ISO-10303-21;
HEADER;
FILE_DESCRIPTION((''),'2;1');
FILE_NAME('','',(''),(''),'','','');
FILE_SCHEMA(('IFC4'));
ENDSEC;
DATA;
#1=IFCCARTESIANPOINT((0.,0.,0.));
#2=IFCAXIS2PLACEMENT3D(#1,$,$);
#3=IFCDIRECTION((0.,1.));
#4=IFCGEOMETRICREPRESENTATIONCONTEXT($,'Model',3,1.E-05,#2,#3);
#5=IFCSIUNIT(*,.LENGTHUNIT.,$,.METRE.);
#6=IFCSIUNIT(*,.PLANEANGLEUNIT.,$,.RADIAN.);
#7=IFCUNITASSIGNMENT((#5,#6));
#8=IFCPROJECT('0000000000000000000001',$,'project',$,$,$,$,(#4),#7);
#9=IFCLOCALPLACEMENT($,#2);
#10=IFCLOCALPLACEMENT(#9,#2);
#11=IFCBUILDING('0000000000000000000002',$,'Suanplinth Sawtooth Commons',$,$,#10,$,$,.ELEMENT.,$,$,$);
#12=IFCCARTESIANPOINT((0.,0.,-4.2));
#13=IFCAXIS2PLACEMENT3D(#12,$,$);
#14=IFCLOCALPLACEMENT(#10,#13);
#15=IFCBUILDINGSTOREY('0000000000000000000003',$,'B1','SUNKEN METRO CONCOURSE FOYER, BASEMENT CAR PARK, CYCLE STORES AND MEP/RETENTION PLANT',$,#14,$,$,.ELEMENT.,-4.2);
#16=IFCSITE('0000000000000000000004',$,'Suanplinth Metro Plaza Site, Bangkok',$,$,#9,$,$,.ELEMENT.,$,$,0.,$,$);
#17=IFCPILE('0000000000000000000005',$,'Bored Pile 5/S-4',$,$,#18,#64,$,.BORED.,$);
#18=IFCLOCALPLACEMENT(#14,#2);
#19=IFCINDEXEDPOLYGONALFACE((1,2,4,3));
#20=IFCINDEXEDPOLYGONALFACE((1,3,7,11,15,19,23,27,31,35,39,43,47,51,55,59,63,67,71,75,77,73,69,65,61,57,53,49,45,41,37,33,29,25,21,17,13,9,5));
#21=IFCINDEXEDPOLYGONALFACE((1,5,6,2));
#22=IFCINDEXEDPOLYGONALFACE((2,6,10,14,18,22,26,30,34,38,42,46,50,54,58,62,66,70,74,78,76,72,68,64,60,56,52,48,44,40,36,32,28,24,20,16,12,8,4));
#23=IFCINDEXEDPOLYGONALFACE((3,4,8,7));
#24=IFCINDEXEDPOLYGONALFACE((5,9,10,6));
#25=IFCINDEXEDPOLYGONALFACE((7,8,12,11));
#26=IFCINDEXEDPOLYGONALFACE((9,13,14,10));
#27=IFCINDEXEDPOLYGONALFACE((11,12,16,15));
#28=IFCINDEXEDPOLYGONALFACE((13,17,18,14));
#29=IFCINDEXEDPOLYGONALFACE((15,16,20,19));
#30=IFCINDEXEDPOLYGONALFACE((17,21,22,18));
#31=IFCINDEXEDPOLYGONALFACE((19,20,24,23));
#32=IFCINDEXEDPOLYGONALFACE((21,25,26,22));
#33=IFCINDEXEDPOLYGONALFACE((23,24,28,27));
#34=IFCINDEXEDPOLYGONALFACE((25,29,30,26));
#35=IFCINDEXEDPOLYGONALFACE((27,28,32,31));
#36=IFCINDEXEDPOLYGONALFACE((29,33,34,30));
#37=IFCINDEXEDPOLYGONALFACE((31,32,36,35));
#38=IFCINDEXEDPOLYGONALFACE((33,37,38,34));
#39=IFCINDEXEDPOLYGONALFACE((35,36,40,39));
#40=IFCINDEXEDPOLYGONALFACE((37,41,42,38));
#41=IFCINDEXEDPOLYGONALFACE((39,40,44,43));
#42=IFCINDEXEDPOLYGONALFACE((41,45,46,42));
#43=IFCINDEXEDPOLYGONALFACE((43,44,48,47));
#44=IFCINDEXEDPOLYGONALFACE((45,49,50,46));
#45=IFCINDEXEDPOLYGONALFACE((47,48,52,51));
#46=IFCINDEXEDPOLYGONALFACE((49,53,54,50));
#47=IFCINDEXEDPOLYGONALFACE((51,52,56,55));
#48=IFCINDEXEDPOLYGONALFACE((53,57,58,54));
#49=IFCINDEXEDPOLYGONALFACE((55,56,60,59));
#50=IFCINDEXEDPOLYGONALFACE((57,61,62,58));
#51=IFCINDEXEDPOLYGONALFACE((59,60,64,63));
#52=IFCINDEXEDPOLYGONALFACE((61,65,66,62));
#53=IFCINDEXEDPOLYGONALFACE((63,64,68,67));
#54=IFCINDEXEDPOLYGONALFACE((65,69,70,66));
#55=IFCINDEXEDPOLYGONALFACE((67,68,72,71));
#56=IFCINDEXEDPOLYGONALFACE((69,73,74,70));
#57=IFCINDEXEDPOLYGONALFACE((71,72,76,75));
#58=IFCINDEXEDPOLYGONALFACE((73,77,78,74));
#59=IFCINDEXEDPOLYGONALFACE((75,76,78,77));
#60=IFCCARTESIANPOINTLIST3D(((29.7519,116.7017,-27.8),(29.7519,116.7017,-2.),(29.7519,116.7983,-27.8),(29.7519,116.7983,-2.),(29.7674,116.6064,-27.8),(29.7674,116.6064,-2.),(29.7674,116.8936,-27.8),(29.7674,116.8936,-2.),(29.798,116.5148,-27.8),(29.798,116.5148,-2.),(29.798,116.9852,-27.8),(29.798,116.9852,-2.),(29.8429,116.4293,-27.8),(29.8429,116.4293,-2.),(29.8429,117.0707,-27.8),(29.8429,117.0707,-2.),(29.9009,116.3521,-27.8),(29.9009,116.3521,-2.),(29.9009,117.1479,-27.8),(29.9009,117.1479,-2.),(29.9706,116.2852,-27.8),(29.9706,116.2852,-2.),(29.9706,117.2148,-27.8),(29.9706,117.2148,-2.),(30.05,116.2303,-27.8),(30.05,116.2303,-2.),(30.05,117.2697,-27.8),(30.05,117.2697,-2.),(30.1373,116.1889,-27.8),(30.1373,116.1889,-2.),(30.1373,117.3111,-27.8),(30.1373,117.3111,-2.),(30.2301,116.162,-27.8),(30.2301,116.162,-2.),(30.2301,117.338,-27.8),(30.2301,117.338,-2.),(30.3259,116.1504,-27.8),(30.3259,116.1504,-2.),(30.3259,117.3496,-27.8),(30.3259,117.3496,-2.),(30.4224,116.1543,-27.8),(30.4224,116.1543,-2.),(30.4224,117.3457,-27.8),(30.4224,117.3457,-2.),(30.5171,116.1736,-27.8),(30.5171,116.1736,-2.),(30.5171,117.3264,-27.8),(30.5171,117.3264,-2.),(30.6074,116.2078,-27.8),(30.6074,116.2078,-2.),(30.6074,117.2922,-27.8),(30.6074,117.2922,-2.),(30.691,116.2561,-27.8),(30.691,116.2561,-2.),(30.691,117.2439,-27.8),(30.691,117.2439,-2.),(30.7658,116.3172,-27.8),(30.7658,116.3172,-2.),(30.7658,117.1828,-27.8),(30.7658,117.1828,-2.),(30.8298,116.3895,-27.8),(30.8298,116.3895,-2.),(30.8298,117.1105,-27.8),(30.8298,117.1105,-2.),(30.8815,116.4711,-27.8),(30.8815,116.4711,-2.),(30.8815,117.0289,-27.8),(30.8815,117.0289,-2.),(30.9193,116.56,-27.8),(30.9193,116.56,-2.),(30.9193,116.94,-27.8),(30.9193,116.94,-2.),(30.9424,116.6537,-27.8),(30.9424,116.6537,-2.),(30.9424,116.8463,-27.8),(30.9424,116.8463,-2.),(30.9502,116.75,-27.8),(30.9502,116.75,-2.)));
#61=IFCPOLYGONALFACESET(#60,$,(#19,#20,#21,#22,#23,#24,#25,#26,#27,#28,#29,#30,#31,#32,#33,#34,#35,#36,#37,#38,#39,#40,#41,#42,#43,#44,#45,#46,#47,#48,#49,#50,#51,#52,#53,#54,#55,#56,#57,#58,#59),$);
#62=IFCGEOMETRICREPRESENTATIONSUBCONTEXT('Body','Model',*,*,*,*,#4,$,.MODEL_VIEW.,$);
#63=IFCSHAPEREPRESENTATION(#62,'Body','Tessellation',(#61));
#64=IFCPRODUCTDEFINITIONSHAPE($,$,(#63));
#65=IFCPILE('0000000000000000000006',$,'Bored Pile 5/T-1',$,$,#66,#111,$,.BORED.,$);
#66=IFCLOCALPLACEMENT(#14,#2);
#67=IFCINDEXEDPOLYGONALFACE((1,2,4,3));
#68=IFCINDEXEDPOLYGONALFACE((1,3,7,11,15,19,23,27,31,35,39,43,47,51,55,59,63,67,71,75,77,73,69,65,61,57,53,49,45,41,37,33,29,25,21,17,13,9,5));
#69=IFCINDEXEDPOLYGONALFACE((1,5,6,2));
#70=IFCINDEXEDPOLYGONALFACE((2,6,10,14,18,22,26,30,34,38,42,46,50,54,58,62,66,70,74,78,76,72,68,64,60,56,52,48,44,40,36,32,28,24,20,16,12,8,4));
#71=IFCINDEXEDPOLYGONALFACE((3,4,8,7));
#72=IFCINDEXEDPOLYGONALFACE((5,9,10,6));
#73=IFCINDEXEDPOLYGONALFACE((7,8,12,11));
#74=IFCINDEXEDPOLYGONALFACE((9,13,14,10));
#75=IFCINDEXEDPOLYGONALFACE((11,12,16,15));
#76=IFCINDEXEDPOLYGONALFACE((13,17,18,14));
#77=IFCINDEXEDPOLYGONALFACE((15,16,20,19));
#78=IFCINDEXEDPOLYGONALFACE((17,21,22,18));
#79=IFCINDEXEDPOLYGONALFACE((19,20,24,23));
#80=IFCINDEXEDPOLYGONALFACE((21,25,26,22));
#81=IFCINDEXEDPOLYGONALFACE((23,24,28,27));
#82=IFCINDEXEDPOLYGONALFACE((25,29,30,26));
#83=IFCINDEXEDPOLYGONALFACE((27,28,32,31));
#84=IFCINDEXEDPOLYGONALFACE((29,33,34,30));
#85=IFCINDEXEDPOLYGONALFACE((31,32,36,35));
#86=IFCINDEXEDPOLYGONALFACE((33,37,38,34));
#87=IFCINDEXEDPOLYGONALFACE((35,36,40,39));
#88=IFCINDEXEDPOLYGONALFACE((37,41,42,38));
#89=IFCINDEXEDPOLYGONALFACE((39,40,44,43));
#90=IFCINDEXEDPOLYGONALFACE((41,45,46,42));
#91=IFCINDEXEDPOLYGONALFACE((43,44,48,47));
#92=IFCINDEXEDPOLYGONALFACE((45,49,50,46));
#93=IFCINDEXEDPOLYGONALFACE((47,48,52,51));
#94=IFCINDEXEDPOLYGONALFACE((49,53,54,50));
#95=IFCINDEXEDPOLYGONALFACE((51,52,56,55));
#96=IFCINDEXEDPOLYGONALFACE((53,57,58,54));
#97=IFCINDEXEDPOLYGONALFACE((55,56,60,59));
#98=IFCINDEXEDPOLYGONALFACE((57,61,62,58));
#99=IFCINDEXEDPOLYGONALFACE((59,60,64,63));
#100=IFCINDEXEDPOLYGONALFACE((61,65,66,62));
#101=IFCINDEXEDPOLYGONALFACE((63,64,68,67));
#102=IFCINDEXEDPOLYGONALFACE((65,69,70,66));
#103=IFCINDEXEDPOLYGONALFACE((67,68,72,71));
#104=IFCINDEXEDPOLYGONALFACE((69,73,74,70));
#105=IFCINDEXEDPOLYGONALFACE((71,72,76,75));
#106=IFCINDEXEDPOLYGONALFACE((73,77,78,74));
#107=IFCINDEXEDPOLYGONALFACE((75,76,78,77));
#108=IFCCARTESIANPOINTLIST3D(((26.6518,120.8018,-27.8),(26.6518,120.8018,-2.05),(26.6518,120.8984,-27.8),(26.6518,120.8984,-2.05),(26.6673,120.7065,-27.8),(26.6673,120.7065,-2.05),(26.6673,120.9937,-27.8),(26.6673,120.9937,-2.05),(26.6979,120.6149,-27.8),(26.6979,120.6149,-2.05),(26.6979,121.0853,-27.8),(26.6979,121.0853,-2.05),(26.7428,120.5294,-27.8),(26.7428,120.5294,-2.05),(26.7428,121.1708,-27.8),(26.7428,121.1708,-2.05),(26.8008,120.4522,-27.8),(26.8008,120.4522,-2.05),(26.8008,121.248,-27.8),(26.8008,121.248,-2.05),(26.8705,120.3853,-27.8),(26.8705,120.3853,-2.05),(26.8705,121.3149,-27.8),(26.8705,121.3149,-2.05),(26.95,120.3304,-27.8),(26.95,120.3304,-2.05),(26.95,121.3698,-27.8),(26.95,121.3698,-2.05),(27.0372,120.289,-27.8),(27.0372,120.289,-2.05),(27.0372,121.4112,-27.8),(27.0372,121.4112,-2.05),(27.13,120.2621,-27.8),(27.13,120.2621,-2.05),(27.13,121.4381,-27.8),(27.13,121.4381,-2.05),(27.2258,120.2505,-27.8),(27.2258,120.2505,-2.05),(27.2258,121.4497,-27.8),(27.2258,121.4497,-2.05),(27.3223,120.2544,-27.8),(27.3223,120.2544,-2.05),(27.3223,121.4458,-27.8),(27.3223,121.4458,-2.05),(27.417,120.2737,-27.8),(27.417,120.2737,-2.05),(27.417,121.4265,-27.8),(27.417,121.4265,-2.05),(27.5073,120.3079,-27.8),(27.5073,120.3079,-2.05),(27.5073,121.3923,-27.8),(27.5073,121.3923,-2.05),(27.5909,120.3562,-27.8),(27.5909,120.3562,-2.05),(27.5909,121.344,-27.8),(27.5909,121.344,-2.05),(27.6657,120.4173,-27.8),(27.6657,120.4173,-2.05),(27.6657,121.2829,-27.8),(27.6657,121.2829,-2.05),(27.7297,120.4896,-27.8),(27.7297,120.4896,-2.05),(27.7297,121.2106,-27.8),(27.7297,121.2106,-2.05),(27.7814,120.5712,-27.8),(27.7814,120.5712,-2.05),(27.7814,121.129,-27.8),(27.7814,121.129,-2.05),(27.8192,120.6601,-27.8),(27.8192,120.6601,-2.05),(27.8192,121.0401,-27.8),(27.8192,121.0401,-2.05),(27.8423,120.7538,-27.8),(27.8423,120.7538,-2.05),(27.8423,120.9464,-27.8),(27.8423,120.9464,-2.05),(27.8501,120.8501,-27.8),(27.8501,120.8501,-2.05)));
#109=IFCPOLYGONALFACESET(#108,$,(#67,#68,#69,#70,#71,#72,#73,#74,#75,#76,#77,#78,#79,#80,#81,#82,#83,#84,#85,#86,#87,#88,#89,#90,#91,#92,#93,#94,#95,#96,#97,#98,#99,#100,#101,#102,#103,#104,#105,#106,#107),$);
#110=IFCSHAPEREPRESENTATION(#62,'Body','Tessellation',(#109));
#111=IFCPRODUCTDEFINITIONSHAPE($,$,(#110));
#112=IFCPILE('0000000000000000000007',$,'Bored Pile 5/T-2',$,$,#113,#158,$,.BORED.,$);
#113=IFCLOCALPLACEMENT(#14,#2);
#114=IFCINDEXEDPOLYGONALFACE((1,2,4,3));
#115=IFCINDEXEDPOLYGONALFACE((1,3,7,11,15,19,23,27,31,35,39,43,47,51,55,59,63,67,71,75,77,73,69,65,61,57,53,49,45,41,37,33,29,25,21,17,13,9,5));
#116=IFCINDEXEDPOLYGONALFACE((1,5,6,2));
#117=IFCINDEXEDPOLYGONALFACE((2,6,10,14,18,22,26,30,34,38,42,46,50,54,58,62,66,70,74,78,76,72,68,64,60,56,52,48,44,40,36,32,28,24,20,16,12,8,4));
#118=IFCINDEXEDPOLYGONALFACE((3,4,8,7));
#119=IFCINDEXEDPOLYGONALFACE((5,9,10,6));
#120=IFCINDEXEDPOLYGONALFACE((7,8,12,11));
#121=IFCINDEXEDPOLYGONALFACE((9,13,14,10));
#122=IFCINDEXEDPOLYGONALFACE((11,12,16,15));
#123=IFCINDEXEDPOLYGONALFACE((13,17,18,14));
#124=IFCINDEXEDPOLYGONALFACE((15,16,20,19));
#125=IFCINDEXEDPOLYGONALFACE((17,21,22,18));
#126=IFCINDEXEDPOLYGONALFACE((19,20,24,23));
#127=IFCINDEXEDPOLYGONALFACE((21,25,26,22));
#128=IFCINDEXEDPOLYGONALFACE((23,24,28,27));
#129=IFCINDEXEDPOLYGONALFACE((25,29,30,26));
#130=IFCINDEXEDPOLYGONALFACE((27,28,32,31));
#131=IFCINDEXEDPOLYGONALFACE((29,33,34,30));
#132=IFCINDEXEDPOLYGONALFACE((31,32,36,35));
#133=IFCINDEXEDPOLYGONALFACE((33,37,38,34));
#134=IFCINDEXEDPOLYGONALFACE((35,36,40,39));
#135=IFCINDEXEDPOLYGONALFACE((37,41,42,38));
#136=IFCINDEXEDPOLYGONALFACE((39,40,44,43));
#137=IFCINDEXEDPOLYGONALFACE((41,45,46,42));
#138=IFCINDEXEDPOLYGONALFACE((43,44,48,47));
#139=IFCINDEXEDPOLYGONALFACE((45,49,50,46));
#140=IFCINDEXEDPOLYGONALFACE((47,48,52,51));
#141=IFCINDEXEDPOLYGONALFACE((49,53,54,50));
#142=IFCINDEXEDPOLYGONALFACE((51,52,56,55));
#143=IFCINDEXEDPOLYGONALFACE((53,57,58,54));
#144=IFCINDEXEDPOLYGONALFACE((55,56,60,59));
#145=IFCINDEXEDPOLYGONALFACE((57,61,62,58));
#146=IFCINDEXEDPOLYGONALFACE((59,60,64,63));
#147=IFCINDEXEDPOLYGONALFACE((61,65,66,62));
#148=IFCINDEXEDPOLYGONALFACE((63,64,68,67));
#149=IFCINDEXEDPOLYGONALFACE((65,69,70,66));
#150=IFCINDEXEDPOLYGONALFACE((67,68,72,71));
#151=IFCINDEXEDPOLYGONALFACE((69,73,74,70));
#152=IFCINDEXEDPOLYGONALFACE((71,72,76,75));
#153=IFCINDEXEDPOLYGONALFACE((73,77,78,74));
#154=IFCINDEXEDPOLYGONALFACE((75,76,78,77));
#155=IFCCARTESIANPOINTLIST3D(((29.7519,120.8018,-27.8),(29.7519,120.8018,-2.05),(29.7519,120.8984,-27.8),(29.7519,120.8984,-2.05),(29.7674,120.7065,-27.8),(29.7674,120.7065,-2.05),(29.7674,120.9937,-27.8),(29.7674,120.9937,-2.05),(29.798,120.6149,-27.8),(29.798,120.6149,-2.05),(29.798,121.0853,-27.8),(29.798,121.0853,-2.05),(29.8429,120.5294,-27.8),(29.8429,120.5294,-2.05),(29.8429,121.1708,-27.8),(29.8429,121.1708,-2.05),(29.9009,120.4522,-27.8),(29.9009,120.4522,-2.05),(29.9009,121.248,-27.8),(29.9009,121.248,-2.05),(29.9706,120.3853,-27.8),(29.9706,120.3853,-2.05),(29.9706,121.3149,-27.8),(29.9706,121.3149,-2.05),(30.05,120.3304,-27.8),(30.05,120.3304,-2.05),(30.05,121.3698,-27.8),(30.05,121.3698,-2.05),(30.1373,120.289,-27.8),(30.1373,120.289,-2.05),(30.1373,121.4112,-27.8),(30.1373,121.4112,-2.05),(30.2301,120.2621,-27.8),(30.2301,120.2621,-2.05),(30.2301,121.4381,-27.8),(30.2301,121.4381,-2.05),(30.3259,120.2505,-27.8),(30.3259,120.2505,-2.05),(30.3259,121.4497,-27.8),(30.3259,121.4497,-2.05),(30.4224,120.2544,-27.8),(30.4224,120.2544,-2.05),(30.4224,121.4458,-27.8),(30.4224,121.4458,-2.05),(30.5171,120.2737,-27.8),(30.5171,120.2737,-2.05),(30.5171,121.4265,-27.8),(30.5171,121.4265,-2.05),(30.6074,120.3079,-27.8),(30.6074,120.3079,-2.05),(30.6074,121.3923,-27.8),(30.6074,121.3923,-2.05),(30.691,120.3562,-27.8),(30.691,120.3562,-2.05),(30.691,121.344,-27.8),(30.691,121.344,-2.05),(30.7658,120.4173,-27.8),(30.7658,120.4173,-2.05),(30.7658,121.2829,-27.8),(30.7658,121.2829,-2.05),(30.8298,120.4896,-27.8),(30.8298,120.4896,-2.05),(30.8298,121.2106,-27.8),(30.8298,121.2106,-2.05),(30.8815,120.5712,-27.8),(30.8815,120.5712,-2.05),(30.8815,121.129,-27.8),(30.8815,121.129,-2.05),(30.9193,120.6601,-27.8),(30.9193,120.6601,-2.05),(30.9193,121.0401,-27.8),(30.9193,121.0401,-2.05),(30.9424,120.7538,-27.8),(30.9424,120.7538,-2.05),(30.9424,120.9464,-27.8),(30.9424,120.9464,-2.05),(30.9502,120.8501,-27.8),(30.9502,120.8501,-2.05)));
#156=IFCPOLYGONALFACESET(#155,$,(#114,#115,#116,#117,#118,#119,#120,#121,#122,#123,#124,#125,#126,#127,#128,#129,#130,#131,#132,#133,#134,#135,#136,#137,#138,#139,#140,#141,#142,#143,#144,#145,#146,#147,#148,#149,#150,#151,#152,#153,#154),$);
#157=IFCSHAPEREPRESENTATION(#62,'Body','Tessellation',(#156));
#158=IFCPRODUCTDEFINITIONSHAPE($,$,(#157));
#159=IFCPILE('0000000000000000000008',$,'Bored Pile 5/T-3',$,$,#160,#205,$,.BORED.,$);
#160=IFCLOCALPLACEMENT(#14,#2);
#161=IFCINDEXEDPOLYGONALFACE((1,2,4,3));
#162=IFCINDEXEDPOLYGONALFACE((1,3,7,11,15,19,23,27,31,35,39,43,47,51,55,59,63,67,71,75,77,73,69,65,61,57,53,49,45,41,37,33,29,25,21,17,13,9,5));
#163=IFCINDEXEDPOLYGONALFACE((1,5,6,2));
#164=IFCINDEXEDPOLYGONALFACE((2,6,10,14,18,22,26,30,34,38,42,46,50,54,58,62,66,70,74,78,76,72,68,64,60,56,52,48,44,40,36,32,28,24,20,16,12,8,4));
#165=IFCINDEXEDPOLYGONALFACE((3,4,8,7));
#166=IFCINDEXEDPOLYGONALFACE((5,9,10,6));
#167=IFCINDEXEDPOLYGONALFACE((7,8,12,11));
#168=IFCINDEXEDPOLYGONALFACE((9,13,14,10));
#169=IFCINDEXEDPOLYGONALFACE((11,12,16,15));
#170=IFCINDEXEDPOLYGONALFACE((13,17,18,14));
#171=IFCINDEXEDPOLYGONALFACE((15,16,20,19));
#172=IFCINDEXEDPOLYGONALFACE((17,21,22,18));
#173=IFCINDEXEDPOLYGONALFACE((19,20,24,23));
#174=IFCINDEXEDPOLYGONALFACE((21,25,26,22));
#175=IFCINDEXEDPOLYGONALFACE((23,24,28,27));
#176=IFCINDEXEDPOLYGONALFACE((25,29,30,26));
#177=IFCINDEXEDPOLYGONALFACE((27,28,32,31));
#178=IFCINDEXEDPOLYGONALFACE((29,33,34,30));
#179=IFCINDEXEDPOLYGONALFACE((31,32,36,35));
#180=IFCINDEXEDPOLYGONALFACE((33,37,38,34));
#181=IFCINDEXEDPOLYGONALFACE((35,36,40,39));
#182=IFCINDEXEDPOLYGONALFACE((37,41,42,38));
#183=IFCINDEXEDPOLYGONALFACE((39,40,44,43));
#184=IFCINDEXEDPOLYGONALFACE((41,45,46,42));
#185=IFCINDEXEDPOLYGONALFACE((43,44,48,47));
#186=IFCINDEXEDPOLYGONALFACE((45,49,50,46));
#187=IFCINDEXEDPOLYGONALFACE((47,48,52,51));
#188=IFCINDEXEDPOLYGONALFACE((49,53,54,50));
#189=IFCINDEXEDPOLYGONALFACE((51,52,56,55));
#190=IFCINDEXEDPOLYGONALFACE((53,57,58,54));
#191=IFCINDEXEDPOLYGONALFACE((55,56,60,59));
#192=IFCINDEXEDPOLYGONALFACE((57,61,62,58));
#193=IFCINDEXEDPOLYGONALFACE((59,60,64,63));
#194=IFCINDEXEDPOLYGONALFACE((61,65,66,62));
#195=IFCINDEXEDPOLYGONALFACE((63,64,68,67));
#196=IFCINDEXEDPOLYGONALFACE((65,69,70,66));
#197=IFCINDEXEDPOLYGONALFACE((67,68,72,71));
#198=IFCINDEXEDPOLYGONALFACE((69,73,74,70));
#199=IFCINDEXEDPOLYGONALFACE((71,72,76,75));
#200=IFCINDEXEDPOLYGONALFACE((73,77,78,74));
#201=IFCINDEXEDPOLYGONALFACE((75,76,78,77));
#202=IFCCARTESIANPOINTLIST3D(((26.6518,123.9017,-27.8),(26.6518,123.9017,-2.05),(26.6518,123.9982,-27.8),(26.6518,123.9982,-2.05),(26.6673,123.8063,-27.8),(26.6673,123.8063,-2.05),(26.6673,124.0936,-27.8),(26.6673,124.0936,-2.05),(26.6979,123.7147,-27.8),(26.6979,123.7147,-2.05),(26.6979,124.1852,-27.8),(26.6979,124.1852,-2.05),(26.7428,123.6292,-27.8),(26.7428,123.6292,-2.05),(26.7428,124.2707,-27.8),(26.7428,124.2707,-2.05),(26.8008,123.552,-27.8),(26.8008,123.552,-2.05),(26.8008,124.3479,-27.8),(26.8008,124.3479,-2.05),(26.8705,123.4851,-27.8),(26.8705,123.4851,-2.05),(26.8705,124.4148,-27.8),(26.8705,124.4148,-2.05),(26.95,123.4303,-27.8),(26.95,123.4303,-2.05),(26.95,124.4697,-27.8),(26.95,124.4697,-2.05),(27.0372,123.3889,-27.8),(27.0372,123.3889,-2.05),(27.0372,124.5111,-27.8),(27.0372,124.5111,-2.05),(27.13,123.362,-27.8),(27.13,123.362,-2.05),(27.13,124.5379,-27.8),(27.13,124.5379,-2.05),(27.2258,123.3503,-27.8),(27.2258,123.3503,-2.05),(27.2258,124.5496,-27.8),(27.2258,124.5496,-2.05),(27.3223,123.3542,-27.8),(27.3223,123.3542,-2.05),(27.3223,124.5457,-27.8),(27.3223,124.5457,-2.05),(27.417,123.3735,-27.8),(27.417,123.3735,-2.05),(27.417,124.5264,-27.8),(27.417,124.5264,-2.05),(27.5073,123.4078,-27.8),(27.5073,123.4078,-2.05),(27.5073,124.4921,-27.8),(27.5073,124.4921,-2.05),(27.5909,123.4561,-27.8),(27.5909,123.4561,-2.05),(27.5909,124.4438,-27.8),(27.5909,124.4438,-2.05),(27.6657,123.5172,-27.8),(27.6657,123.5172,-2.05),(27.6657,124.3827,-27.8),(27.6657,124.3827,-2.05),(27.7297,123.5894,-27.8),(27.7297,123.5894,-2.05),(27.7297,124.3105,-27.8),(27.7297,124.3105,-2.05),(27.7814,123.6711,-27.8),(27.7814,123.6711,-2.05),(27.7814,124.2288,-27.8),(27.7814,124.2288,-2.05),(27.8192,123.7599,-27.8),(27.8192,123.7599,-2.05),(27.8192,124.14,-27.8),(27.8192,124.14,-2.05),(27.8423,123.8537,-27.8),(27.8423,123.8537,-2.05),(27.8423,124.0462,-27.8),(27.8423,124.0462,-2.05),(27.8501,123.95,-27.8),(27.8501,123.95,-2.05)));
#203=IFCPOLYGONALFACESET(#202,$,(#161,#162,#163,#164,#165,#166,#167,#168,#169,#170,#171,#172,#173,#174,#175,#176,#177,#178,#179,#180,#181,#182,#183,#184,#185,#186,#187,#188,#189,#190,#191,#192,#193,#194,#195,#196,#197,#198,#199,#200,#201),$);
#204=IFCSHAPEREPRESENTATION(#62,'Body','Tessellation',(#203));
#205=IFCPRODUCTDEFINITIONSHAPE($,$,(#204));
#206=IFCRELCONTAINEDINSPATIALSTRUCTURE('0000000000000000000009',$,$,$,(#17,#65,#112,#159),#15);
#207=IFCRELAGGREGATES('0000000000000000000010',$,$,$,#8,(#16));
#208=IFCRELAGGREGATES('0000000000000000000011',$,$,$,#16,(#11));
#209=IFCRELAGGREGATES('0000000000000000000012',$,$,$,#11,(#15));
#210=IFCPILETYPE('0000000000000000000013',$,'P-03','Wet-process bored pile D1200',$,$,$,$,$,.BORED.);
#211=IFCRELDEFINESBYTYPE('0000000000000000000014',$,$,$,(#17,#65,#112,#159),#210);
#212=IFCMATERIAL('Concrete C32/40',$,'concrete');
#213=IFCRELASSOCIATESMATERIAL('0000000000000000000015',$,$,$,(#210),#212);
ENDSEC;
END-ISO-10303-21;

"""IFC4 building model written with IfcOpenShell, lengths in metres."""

from ifc_helpers import new_model, si_unit, direction, frame, origin, origin_2d, place, context, subcontext, project, spatial, circle, extrude, material, material_profile, profile_set, type_object, element, save


model = new_model("IFC4")

# Units and contexts
model_context = context("Model", 3, precision=1e-05, world=origin(), true_north=direction((0.0, 1.0)))
body_context = subcontext(model_context, "Body", "Model", "MODEL_VIEW")
ifc_project = project(units=[si_unit("LENGTHUNIT", "METRE"), si_unit("PLANEANGLEUNIT", "RADIAN")], contexts=[model_context])

# Site, building, storey
site_placement = place(None, origin())
site = spatial("IfcSite", under=ifc_project, at=site_placement, Name="Suanplinth Metro Plaza Site, Bangkok", CompositionType="ELEMENT", RefElevation=0.0)
building_placement = place(site_placement, origin())
building = spatial("IfcBuilding", under=site, at=building_placement, Name="Suanplinth Sawtooth Commons", CompositionType="ELEMENT")
storey_placement = place(building_placement, frame((0.0, 0.0, -4.2)))
storey = spatial("IfcBuildingStorey", under=building, at=storey_placement, Name="B1", Description="SUNKEN METRO CONCOURSE FOYER, BASEMENT CAR PARK, CYCLE STORES AND MEP/RETENTION PLANT", CompositionType="ELEMENT", Elevation=-4.2)

# Piles
ifc_material_1 = material(Name="Concrete C32/40", Category="concrete")
ifc_material_profile_1 = material_profile(ifc_material_1, circle(Radius=0.6001, at=origin_2d()), Name="PILE D1200")
ifc_profile_set_1 = profile_set([ifc_material_profile_1], Name="Concrete C32/40")
pile_type = type_object("IfcPileType", Name="P-03", Description="Wet-process bored pile D1200", PredefinedType="BORED", material=ifc_profile_set_1)
for number, where, z_axis, x_axis, name in (
    (1, (30.3501, 116.75, -2.0), (0.0, 0.0, -1.0), (1.0, 0.0, 0.0), "Bored Pile 5/S-4"),
):
    element("IfcPile", number, at=place(storey_placement, frame(where, z_axis=z_axis, x_axis=x_axis)), inside=storey, type_object=pile_type, Name=name, PredefinedType="BORED", context=body_context, shape_type="SweptSolid", body=[
        extrude(circle(Radius=0.6001, at=origin_2d()), origin(), (0.0, 0.0, 1.0), 25.8),
    ])
for number, where, z_axis, x_axis, name in (
    (2, (27.25, 120.8501, -2.05), (0.0, 0.0, -1.0), (1.0, 0.0, 0.0), "Bored Pile 5/T-1"),
    (3, (30.3501, 120.8501, -2.05), (0.0, 0.0, -1.0), (1.0, 0.0, 0.0), "Bored Pile 5/T-2"),
    (4, (27.25, 123.95, -2.05), (0.0, 0.0, -1.0), (1.0, 0.0, 0.0), "Bored Pile 5/T-3"),
):
    element("IfcPile", number, at=place(storey_placement, frame(where, z_axis=z_axis, x_axis=x_axis)), inside=storey, type_object=pile_type, Name=name, PredefinedType="BORED", context=body_context, shape_type="SweptSolid", body=[
        extrude(circle(Radius=0.6001, at=origin_2d()), origin(), (0.0, 0.0, 1.0), 25.75),
    ])

save(model, "model.ifc")
